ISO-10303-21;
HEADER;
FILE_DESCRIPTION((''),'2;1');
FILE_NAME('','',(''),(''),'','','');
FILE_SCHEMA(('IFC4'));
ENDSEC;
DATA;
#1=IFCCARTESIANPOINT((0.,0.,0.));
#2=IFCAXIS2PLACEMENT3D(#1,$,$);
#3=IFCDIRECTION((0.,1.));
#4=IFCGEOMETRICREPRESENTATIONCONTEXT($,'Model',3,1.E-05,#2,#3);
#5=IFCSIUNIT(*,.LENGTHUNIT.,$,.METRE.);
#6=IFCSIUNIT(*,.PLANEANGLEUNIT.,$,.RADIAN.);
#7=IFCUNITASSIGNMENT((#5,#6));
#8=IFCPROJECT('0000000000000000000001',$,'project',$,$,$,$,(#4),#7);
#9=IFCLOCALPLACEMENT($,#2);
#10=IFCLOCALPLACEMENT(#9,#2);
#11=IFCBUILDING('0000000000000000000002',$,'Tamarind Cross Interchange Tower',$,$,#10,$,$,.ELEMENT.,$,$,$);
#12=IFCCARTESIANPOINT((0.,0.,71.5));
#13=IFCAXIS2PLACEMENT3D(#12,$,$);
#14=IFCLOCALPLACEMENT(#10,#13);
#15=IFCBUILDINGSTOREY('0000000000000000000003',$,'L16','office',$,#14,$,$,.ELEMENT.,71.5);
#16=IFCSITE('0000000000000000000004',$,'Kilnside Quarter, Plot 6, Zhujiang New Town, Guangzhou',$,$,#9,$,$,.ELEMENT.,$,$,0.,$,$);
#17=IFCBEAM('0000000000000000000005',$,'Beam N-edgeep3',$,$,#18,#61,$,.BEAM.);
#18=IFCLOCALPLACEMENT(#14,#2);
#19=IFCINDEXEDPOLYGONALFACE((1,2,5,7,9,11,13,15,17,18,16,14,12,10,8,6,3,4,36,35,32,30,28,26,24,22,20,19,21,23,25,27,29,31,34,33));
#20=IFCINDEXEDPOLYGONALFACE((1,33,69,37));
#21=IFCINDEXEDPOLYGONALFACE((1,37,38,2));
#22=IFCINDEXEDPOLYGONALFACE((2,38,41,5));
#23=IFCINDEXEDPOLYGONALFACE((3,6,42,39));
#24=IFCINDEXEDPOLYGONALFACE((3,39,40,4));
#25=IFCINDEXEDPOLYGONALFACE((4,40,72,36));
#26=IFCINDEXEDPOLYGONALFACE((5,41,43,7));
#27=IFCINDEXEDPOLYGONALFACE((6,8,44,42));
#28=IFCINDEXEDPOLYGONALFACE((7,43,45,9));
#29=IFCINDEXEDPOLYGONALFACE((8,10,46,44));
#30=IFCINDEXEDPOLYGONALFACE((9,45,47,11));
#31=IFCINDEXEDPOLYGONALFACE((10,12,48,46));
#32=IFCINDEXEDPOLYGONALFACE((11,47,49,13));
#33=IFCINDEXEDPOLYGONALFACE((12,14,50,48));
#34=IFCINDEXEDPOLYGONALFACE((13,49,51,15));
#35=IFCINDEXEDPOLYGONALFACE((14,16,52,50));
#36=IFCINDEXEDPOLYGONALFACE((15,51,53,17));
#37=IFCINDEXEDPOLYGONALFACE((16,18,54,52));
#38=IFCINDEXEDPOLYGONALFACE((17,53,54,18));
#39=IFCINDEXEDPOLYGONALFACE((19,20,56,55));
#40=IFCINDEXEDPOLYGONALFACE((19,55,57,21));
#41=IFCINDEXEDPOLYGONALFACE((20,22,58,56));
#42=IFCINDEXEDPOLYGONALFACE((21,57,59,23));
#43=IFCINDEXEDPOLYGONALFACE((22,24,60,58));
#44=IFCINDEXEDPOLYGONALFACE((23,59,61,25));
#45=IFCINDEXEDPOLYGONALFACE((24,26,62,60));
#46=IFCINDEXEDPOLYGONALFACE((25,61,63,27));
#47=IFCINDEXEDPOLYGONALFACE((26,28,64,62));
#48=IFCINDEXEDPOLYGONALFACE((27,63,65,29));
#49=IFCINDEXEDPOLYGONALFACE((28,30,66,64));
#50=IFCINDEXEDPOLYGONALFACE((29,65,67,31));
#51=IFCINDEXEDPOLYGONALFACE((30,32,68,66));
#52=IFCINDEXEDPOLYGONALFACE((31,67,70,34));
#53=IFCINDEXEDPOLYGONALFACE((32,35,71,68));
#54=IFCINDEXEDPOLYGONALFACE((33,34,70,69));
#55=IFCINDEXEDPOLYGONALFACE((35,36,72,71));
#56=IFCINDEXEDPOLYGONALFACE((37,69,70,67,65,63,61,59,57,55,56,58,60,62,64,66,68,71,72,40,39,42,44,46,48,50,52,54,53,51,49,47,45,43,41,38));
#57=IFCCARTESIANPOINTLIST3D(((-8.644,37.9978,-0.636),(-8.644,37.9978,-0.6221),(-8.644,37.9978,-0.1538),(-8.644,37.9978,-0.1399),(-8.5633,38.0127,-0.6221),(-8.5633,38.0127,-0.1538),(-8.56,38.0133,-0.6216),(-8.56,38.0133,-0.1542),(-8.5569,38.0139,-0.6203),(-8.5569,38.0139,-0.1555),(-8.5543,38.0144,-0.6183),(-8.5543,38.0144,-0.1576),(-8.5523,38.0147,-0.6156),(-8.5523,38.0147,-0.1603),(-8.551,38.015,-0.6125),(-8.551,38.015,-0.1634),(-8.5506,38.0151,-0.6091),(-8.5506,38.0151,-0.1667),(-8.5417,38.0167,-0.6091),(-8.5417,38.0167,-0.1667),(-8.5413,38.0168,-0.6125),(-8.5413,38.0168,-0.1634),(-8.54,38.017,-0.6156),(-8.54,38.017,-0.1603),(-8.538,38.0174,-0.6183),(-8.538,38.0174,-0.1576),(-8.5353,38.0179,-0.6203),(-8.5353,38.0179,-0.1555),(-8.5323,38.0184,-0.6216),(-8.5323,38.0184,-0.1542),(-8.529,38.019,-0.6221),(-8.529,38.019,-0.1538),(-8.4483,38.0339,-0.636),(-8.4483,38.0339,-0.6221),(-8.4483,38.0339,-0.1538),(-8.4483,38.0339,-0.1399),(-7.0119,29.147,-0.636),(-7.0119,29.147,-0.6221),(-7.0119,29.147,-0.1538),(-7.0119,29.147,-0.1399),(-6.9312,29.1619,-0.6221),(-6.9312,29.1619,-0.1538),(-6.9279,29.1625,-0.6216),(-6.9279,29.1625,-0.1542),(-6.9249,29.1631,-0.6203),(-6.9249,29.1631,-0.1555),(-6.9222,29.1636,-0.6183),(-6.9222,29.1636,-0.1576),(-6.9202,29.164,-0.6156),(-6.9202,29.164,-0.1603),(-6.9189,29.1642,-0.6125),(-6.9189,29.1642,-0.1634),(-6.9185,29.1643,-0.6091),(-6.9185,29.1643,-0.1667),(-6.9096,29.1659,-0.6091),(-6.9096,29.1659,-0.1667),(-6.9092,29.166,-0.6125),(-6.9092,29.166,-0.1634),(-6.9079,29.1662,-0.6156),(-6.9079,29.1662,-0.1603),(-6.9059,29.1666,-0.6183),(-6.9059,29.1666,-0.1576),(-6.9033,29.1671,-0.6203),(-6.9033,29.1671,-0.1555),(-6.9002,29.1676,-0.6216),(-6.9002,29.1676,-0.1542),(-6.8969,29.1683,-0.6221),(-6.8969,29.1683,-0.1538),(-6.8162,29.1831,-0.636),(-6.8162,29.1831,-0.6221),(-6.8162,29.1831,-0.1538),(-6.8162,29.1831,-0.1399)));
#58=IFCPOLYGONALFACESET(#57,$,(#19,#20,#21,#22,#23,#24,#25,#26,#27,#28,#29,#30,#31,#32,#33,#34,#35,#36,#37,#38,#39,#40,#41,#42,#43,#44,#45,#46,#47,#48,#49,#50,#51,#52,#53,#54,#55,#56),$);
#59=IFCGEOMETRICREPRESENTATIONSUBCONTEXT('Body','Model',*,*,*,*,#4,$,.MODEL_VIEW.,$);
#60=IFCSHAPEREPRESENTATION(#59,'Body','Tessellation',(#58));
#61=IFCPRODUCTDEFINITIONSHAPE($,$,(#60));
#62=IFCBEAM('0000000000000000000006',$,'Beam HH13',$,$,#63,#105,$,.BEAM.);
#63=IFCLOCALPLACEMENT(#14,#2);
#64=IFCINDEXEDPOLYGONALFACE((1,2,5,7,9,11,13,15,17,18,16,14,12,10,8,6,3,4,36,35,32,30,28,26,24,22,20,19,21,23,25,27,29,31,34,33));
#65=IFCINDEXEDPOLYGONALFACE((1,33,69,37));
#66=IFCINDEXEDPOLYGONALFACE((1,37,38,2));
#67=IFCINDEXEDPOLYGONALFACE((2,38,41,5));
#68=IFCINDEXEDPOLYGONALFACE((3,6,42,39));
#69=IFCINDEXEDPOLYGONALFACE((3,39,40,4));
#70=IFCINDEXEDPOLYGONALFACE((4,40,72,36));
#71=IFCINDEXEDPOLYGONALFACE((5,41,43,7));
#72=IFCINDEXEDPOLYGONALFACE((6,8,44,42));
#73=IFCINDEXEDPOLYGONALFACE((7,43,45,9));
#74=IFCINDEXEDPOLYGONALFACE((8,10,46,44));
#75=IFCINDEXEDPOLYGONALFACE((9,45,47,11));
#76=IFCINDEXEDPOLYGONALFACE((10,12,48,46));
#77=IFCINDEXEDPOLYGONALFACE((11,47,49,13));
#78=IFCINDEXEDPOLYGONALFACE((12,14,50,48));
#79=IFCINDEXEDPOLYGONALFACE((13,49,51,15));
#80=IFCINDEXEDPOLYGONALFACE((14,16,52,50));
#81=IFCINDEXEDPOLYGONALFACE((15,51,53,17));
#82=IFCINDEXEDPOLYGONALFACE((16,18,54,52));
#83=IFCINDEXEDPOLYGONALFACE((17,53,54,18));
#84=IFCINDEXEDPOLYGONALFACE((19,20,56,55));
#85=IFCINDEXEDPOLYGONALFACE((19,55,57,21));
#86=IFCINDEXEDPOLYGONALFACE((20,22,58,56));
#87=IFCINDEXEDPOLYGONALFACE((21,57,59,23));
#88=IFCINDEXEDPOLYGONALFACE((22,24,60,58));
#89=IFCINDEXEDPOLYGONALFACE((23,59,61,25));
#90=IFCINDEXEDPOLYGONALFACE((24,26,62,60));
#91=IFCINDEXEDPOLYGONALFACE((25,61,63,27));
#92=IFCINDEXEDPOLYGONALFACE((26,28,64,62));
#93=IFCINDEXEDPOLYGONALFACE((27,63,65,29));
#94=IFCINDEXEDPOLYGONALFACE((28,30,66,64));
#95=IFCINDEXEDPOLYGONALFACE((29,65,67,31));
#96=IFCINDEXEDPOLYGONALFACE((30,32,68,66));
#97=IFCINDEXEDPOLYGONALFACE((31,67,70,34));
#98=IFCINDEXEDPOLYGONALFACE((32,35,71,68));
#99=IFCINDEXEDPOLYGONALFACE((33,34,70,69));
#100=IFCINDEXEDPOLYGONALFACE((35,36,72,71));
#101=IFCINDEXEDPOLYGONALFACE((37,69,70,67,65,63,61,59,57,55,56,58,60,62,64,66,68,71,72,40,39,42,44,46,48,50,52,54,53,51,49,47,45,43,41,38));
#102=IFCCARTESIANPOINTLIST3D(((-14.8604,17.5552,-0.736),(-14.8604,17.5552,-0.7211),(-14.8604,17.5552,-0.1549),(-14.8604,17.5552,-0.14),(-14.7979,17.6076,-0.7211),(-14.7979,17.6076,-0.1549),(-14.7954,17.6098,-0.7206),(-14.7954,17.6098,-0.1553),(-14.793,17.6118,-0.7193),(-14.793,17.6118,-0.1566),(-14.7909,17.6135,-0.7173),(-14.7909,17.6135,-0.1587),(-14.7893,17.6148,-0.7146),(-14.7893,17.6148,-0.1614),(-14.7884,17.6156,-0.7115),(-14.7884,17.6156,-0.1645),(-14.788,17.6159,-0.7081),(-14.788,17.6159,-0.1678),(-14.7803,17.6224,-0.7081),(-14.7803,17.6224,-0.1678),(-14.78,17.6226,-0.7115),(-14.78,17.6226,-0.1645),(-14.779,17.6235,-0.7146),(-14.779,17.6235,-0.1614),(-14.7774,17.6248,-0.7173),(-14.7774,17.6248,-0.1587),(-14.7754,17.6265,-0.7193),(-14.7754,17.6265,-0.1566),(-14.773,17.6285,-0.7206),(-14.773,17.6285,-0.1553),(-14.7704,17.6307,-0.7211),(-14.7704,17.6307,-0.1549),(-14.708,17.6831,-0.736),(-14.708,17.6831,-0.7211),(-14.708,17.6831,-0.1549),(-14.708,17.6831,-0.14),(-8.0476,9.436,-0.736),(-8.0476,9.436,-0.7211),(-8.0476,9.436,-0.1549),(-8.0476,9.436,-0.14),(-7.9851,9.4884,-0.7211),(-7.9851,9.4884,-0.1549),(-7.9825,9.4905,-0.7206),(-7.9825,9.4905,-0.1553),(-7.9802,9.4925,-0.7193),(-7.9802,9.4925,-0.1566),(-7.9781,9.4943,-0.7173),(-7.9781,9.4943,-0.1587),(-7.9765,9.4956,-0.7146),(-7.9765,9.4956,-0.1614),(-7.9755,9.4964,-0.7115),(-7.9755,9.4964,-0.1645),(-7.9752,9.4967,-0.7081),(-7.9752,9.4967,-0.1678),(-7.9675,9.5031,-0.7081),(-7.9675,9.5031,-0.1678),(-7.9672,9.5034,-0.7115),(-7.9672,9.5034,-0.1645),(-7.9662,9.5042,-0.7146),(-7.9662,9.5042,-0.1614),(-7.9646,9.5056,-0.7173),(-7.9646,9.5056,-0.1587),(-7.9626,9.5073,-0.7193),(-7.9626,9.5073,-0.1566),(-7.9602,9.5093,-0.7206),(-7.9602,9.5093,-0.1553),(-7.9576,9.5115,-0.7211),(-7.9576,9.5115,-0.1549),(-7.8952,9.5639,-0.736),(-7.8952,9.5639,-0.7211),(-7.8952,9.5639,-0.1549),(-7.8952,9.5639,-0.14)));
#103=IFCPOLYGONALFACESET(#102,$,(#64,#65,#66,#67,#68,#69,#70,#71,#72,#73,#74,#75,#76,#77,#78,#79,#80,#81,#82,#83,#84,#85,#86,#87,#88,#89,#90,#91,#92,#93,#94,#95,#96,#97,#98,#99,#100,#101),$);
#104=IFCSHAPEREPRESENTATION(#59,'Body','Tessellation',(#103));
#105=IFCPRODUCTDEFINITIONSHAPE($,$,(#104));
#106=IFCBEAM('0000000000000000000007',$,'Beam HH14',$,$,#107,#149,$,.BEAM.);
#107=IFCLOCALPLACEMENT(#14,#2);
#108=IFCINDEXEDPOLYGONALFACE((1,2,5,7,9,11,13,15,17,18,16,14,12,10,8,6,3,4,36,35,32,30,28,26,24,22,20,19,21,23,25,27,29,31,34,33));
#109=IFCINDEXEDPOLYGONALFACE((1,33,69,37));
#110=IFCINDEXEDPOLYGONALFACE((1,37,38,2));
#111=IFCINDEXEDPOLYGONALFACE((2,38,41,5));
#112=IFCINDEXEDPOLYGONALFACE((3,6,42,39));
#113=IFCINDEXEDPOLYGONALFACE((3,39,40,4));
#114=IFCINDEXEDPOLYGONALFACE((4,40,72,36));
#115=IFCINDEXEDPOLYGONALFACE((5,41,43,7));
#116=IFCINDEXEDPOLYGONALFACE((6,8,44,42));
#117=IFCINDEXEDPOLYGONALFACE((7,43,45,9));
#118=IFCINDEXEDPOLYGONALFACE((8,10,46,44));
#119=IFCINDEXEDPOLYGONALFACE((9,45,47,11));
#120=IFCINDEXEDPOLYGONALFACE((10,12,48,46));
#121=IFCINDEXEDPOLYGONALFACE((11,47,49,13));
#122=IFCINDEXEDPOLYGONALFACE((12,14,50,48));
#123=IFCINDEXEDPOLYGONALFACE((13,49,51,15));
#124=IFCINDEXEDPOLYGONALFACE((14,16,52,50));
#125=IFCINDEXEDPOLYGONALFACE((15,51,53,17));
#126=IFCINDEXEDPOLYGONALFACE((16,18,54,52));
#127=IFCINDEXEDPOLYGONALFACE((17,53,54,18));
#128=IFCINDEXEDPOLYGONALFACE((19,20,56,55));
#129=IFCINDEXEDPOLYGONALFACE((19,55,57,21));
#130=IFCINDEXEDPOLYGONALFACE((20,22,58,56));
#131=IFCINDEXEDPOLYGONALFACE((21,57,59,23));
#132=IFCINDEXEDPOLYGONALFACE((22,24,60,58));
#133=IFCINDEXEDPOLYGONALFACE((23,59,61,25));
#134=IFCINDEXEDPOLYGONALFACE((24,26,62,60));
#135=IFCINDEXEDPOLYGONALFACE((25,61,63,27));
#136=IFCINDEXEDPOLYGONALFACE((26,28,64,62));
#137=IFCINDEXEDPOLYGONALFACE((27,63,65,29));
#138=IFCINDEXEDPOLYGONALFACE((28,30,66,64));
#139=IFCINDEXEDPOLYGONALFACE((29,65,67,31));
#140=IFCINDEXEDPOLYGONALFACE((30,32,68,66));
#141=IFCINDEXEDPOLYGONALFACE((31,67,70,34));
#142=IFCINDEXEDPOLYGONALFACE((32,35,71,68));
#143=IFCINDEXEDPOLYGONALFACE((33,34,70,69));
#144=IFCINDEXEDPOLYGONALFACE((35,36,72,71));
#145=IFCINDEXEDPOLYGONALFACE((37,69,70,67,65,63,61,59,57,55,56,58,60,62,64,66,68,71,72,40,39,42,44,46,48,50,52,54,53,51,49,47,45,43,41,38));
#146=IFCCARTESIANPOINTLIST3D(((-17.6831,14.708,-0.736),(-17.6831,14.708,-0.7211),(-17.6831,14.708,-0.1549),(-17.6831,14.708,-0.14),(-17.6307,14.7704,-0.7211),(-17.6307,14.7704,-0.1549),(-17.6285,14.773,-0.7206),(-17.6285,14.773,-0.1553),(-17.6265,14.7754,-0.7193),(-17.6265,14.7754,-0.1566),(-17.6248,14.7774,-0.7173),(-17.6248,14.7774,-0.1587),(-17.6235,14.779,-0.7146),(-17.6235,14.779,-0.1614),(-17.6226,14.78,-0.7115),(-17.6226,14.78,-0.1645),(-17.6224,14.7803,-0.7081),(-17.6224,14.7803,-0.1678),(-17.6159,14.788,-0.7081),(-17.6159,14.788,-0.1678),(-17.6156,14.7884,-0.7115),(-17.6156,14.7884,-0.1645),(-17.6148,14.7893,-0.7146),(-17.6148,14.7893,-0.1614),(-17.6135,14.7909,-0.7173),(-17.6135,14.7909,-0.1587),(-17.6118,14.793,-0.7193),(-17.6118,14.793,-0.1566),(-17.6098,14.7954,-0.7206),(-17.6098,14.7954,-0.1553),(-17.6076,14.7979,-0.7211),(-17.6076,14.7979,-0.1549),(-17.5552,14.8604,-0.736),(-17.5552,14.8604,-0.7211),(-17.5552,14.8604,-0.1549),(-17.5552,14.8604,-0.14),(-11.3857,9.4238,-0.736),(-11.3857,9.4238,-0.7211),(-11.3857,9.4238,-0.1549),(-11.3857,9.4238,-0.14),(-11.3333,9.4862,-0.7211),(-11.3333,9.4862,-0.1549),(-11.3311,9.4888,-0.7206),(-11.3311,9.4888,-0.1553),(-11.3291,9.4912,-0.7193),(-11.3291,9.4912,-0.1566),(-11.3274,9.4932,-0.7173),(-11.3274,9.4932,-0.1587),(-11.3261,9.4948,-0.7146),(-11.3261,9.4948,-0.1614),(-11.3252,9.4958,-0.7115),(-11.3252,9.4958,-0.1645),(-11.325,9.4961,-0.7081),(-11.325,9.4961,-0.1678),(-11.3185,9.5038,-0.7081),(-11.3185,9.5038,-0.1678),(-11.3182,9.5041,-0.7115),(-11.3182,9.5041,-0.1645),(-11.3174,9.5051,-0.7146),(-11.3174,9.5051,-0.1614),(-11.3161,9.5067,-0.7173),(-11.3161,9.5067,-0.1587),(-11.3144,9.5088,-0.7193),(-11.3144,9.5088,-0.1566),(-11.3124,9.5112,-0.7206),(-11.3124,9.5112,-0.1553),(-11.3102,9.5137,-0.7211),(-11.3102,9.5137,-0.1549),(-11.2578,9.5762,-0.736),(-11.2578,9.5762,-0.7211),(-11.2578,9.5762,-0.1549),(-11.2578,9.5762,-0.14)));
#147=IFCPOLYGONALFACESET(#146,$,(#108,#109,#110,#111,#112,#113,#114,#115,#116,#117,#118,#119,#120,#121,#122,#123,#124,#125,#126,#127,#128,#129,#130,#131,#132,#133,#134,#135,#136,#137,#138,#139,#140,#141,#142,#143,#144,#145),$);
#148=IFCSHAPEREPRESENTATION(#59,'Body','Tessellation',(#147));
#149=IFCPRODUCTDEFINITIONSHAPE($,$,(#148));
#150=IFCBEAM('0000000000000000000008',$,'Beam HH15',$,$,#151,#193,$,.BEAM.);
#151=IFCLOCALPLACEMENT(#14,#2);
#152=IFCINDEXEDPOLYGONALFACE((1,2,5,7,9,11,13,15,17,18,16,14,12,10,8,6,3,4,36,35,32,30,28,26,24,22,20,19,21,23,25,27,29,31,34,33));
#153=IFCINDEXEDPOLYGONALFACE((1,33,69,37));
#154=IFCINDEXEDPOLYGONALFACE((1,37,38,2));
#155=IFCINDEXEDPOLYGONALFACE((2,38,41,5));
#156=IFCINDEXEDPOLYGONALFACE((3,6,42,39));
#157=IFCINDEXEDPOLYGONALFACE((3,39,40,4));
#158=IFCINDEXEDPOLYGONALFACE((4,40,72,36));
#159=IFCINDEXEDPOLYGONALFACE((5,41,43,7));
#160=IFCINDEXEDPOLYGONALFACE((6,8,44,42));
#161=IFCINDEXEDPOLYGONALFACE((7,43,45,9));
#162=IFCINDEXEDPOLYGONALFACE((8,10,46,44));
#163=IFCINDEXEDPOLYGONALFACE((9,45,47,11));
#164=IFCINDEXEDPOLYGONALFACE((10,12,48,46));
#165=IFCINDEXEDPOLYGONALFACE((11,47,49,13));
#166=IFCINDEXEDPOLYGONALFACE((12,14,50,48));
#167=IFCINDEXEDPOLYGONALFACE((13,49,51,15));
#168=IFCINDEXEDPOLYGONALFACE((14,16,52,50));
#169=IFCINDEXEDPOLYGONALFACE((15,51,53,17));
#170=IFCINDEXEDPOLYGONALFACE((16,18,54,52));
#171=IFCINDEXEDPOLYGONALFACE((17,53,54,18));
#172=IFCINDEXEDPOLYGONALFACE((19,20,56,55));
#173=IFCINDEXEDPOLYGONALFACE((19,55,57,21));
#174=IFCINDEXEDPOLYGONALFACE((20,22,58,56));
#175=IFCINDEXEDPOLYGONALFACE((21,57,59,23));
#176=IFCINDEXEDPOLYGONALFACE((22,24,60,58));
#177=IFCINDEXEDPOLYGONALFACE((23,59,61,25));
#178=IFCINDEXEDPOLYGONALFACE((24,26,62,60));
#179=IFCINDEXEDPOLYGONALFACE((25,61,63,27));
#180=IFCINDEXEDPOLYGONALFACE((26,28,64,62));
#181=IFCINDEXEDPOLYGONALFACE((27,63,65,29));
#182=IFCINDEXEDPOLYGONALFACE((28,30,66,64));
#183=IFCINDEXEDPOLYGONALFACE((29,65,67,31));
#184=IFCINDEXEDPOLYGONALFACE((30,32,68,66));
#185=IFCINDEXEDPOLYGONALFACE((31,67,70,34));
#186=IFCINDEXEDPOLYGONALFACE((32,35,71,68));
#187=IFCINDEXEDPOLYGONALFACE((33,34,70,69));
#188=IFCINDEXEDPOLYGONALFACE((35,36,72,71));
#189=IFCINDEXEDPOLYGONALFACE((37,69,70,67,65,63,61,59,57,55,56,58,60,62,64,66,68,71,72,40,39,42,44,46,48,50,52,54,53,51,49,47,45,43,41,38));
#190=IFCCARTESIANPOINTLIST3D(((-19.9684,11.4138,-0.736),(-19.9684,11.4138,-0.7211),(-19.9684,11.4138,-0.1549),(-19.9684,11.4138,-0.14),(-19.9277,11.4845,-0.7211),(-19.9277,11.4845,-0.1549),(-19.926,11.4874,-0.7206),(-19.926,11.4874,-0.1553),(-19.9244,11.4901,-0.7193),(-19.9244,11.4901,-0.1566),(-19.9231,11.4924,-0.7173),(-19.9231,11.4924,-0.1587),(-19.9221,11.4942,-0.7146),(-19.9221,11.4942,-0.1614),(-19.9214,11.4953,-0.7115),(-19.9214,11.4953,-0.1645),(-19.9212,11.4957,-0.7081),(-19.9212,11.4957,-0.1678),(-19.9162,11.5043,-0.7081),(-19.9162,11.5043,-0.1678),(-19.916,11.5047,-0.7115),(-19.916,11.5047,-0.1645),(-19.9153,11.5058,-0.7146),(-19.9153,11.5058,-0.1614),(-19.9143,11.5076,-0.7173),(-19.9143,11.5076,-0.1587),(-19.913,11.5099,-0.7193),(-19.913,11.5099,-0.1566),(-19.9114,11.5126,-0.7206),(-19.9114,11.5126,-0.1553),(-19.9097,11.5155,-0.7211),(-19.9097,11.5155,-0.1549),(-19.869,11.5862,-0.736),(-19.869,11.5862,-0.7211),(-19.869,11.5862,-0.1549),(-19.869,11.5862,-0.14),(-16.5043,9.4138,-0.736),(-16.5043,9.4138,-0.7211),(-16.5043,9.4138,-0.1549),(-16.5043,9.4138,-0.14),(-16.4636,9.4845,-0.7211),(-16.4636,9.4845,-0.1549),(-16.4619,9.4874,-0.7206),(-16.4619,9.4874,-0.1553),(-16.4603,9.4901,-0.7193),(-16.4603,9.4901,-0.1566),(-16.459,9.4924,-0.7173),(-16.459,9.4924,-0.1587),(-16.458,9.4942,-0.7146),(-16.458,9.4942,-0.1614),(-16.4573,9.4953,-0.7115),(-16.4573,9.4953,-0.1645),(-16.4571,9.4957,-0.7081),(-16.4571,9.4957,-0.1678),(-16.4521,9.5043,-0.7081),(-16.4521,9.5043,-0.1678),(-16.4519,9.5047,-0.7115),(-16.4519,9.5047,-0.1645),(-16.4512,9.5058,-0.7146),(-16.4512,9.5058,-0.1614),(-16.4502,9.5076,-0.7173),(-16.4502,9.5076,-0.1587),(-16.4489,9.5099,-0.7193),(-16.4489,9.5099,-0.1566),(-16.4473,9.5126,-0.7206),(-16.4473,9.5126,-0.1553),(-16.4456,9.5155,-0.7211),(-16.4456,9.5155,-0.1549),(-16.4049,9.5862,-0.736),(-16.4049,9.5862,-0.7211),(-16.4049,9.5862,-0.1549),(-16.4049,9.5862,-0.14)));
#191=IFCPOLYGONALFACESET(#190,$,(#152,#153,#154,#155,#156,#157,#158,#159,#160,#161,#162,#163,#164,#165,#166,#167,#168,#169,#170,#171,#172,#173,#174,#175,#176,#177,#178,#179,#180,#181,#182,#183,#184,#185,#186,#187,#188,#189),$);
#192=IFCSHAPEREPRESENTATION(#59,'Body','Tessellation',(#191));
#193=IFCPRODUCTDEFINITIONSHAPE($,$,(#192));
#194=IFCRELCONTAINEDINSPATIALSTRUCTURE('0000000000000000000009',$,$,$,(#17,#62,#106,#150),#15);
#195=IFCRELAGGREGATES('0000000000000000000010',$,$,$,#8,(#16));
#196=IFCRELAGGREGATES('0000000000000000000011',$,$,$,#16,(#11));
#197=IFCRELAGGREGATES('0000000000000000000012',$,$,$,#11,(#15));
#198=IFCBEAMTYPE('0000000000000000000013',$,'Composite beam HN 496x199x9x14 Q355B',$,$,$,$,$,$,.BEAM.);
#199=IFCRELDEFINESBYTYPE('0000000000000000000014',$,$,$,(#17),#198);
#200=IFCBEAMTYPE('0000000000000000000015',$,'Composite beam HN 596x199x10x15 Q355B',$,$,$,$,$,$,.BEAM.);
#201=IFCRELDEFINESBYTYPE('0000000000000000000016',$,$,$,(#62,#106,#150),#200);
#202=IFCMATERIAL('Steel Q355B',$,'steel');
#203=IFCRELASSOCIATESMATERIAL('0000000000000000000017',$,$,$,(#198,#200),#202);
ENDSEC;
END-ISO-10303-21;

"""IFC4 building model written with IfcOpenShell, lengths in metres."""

from ifc_helpers import new_model, si_unit, direction, frame, origin, origin_2d, place, context, subcontext, project, spatial, i_section, extrude, material, material_profile, profile_set, type_object, element, save


model = new_model("IFC4")

# Units and contexts
model_context = context("Model", 3, precision=1e-05, world=origin(), true_north=direction((0.0, 1.0)))
body_context = subcontext(model_context, "Body", "Model", "MODEL_VIEW")
ifc_project = project(units=[si_unit("LENGTHUNIT", "METRE"), si_unit("PLANEANGLEUNIT", "RADIAN")], contexts=[model_context])

# Site, building, storey
site_placement = place(None, origin())
site = spatial("IfcSite", under=ifc_project, at=site_placement, Name="Kilnside Quarter, Plot 6, Zhujiang New Town, Guangzhou", CompositionType="ELEMENT", RefElevation=0.0)
building_placement = place(site_placement, origin())
building = spatial("IfcBuilding", under=site, at=building_placement, Name="Tamarind Cross Interchange Tower", CompositionType="ELEMENT")
storey_placement = place(building_placement, frame((0.0, 0.0, 71.5)))
storey = spatial("IfcBuildingStorey", under=building, at=storey_placement, Name="L16", Description="office", CompositionType="ELEMENT", Elevation=71.5)

# Beams
ifc_material_1 = material(Name="Steel Q355B", Category="steel")
ifc_material_profile_1 = material_profile(ifc_material_1, i_section(OverallWidth=0.199, OverallDepth=0.4961, WebThickness=0.009, FlangeThickness=0.0139, FilletRadius=0.0129, at=origin_2d()), Name="HN 496x199x9x14")
ifc_profile_set_1 = profile_set([ifc_material_profile_1], Name="Steel Q355B")
beam_type_1 = type_object("IfcBeamType", Name="Composite beam HN 496x199x9x14 Q355B", PredefinedType="BEAM", material=ifc_profile_set_1)
beam_1_placement = place(storey_placement, frame((-8.5461, 38.0159, -0.3879), z_axis=(0.181341, -0.98342, 0.0), x_axis=(0.98342, 0.181341, 0.0)))
element("IfcBeam", 1, at=beam_1_placement, inside=storey, type_object=beam_type_1, Name="Beam N-edgeep3", PredefinedType="BEAM", context=body_context, shape_type="SweptSolid", body=[
    extrude(i_section(OverallWidth=0.199, OverallDepth=0.4961, WebThickness=0.009, FlangeThickness=0.0139, FilletRadius=0.0129, at=origin_2d()), origin(), (0.0, 0.0, 1.0), 9.0),
])
ifc_material_profile_2 = material_profile(ifc_material_1, i_section(OverallWidth=0.199, OverallDepth=0.5959, WebThickness=0.01, FlangeThickness=0.0149, FilletRadius=0.0129, at=origin_2d()), Name="HN 596x199x10x15")
ifc_profile_set_2 = profile_set([ifc_material_profile_2], Name="Steel Q355B")
beam_type_2 = type_object("IfcBeamType", Name="Composite beam HN 596x199x10x15 Q355B", PredefinedType="BEAM", material=ifc_profile_set_2)
beam_2_placement = place(storey_placement, frame((-14.7842, 17.6191, -0.438), z_axis=(0.642786, -0.766046, 0.0), x_axis=(0.766046, 0.642786, 0.0)))
element("IfcBeam", 2, at=beam_2_placement, inside=storey, type_object=beam_type_2, Name="Beam HH13", PredefinedType="BEAM", context=body_context, shape_type="SweptSolid", body=[
    extrude(i_section(OverallWidth=0.199, OverallDepth=0.5959, WebThickness=0.01, FlangeThickness=0.0149, FilletRadius=0.0129, at=origin_2d()), origin(), (0.0, 0.0, 1.0), 10.5989),
])
beam_3_placement = place(storey_placement, frame((-17.6191, 14.7842, -0.438), z_axis=(0.766041, -0.642792, 0.0), x_axis=(0.642792, 0.766041, 0.0)))
element("IfcBeam", 3, at=beam_3_placement, inside=storey, type_object=beam_type_2, Name="Beam HH14", PredefinedType="BEAM", context=body_context, shape_type="SweptSolid", body=[
    extrude(i_section(OverallWidth=0.199, OverallDepth=0.5959, WebThickness=0.01, FlangeThickness=0.0149, FilletRadius=0.0129, at=origin_2d()), origin(), (0.0, 0.0, 1.0), 8.2207),
])
beam_4_placement = place(storey_placement, frame((-19.9187, 11.5, -0.438), z_axis=(0.866026, -0.499999, 0.0), x_axis=(0.499999, 0.866026, 0.0)))
element("IfcBeam", 4, at=beam_4_placement, inside=storey, type_object=beam_type_2, Name="Beam HH15", PredefinedType="BEAM", context=body_context, shape_type="SweptSolid", body=[
    extrude(i_section(OverallWidth=0.199, OverallDepth=0.5959, WebThickness=0.01, FlangeThickness=0.0149, FilletRadius=0.0129, at=origin_2d()), origin(), (0.0, 0.0, 1.0), 4.0),
])

save(model, "model.ifc")
